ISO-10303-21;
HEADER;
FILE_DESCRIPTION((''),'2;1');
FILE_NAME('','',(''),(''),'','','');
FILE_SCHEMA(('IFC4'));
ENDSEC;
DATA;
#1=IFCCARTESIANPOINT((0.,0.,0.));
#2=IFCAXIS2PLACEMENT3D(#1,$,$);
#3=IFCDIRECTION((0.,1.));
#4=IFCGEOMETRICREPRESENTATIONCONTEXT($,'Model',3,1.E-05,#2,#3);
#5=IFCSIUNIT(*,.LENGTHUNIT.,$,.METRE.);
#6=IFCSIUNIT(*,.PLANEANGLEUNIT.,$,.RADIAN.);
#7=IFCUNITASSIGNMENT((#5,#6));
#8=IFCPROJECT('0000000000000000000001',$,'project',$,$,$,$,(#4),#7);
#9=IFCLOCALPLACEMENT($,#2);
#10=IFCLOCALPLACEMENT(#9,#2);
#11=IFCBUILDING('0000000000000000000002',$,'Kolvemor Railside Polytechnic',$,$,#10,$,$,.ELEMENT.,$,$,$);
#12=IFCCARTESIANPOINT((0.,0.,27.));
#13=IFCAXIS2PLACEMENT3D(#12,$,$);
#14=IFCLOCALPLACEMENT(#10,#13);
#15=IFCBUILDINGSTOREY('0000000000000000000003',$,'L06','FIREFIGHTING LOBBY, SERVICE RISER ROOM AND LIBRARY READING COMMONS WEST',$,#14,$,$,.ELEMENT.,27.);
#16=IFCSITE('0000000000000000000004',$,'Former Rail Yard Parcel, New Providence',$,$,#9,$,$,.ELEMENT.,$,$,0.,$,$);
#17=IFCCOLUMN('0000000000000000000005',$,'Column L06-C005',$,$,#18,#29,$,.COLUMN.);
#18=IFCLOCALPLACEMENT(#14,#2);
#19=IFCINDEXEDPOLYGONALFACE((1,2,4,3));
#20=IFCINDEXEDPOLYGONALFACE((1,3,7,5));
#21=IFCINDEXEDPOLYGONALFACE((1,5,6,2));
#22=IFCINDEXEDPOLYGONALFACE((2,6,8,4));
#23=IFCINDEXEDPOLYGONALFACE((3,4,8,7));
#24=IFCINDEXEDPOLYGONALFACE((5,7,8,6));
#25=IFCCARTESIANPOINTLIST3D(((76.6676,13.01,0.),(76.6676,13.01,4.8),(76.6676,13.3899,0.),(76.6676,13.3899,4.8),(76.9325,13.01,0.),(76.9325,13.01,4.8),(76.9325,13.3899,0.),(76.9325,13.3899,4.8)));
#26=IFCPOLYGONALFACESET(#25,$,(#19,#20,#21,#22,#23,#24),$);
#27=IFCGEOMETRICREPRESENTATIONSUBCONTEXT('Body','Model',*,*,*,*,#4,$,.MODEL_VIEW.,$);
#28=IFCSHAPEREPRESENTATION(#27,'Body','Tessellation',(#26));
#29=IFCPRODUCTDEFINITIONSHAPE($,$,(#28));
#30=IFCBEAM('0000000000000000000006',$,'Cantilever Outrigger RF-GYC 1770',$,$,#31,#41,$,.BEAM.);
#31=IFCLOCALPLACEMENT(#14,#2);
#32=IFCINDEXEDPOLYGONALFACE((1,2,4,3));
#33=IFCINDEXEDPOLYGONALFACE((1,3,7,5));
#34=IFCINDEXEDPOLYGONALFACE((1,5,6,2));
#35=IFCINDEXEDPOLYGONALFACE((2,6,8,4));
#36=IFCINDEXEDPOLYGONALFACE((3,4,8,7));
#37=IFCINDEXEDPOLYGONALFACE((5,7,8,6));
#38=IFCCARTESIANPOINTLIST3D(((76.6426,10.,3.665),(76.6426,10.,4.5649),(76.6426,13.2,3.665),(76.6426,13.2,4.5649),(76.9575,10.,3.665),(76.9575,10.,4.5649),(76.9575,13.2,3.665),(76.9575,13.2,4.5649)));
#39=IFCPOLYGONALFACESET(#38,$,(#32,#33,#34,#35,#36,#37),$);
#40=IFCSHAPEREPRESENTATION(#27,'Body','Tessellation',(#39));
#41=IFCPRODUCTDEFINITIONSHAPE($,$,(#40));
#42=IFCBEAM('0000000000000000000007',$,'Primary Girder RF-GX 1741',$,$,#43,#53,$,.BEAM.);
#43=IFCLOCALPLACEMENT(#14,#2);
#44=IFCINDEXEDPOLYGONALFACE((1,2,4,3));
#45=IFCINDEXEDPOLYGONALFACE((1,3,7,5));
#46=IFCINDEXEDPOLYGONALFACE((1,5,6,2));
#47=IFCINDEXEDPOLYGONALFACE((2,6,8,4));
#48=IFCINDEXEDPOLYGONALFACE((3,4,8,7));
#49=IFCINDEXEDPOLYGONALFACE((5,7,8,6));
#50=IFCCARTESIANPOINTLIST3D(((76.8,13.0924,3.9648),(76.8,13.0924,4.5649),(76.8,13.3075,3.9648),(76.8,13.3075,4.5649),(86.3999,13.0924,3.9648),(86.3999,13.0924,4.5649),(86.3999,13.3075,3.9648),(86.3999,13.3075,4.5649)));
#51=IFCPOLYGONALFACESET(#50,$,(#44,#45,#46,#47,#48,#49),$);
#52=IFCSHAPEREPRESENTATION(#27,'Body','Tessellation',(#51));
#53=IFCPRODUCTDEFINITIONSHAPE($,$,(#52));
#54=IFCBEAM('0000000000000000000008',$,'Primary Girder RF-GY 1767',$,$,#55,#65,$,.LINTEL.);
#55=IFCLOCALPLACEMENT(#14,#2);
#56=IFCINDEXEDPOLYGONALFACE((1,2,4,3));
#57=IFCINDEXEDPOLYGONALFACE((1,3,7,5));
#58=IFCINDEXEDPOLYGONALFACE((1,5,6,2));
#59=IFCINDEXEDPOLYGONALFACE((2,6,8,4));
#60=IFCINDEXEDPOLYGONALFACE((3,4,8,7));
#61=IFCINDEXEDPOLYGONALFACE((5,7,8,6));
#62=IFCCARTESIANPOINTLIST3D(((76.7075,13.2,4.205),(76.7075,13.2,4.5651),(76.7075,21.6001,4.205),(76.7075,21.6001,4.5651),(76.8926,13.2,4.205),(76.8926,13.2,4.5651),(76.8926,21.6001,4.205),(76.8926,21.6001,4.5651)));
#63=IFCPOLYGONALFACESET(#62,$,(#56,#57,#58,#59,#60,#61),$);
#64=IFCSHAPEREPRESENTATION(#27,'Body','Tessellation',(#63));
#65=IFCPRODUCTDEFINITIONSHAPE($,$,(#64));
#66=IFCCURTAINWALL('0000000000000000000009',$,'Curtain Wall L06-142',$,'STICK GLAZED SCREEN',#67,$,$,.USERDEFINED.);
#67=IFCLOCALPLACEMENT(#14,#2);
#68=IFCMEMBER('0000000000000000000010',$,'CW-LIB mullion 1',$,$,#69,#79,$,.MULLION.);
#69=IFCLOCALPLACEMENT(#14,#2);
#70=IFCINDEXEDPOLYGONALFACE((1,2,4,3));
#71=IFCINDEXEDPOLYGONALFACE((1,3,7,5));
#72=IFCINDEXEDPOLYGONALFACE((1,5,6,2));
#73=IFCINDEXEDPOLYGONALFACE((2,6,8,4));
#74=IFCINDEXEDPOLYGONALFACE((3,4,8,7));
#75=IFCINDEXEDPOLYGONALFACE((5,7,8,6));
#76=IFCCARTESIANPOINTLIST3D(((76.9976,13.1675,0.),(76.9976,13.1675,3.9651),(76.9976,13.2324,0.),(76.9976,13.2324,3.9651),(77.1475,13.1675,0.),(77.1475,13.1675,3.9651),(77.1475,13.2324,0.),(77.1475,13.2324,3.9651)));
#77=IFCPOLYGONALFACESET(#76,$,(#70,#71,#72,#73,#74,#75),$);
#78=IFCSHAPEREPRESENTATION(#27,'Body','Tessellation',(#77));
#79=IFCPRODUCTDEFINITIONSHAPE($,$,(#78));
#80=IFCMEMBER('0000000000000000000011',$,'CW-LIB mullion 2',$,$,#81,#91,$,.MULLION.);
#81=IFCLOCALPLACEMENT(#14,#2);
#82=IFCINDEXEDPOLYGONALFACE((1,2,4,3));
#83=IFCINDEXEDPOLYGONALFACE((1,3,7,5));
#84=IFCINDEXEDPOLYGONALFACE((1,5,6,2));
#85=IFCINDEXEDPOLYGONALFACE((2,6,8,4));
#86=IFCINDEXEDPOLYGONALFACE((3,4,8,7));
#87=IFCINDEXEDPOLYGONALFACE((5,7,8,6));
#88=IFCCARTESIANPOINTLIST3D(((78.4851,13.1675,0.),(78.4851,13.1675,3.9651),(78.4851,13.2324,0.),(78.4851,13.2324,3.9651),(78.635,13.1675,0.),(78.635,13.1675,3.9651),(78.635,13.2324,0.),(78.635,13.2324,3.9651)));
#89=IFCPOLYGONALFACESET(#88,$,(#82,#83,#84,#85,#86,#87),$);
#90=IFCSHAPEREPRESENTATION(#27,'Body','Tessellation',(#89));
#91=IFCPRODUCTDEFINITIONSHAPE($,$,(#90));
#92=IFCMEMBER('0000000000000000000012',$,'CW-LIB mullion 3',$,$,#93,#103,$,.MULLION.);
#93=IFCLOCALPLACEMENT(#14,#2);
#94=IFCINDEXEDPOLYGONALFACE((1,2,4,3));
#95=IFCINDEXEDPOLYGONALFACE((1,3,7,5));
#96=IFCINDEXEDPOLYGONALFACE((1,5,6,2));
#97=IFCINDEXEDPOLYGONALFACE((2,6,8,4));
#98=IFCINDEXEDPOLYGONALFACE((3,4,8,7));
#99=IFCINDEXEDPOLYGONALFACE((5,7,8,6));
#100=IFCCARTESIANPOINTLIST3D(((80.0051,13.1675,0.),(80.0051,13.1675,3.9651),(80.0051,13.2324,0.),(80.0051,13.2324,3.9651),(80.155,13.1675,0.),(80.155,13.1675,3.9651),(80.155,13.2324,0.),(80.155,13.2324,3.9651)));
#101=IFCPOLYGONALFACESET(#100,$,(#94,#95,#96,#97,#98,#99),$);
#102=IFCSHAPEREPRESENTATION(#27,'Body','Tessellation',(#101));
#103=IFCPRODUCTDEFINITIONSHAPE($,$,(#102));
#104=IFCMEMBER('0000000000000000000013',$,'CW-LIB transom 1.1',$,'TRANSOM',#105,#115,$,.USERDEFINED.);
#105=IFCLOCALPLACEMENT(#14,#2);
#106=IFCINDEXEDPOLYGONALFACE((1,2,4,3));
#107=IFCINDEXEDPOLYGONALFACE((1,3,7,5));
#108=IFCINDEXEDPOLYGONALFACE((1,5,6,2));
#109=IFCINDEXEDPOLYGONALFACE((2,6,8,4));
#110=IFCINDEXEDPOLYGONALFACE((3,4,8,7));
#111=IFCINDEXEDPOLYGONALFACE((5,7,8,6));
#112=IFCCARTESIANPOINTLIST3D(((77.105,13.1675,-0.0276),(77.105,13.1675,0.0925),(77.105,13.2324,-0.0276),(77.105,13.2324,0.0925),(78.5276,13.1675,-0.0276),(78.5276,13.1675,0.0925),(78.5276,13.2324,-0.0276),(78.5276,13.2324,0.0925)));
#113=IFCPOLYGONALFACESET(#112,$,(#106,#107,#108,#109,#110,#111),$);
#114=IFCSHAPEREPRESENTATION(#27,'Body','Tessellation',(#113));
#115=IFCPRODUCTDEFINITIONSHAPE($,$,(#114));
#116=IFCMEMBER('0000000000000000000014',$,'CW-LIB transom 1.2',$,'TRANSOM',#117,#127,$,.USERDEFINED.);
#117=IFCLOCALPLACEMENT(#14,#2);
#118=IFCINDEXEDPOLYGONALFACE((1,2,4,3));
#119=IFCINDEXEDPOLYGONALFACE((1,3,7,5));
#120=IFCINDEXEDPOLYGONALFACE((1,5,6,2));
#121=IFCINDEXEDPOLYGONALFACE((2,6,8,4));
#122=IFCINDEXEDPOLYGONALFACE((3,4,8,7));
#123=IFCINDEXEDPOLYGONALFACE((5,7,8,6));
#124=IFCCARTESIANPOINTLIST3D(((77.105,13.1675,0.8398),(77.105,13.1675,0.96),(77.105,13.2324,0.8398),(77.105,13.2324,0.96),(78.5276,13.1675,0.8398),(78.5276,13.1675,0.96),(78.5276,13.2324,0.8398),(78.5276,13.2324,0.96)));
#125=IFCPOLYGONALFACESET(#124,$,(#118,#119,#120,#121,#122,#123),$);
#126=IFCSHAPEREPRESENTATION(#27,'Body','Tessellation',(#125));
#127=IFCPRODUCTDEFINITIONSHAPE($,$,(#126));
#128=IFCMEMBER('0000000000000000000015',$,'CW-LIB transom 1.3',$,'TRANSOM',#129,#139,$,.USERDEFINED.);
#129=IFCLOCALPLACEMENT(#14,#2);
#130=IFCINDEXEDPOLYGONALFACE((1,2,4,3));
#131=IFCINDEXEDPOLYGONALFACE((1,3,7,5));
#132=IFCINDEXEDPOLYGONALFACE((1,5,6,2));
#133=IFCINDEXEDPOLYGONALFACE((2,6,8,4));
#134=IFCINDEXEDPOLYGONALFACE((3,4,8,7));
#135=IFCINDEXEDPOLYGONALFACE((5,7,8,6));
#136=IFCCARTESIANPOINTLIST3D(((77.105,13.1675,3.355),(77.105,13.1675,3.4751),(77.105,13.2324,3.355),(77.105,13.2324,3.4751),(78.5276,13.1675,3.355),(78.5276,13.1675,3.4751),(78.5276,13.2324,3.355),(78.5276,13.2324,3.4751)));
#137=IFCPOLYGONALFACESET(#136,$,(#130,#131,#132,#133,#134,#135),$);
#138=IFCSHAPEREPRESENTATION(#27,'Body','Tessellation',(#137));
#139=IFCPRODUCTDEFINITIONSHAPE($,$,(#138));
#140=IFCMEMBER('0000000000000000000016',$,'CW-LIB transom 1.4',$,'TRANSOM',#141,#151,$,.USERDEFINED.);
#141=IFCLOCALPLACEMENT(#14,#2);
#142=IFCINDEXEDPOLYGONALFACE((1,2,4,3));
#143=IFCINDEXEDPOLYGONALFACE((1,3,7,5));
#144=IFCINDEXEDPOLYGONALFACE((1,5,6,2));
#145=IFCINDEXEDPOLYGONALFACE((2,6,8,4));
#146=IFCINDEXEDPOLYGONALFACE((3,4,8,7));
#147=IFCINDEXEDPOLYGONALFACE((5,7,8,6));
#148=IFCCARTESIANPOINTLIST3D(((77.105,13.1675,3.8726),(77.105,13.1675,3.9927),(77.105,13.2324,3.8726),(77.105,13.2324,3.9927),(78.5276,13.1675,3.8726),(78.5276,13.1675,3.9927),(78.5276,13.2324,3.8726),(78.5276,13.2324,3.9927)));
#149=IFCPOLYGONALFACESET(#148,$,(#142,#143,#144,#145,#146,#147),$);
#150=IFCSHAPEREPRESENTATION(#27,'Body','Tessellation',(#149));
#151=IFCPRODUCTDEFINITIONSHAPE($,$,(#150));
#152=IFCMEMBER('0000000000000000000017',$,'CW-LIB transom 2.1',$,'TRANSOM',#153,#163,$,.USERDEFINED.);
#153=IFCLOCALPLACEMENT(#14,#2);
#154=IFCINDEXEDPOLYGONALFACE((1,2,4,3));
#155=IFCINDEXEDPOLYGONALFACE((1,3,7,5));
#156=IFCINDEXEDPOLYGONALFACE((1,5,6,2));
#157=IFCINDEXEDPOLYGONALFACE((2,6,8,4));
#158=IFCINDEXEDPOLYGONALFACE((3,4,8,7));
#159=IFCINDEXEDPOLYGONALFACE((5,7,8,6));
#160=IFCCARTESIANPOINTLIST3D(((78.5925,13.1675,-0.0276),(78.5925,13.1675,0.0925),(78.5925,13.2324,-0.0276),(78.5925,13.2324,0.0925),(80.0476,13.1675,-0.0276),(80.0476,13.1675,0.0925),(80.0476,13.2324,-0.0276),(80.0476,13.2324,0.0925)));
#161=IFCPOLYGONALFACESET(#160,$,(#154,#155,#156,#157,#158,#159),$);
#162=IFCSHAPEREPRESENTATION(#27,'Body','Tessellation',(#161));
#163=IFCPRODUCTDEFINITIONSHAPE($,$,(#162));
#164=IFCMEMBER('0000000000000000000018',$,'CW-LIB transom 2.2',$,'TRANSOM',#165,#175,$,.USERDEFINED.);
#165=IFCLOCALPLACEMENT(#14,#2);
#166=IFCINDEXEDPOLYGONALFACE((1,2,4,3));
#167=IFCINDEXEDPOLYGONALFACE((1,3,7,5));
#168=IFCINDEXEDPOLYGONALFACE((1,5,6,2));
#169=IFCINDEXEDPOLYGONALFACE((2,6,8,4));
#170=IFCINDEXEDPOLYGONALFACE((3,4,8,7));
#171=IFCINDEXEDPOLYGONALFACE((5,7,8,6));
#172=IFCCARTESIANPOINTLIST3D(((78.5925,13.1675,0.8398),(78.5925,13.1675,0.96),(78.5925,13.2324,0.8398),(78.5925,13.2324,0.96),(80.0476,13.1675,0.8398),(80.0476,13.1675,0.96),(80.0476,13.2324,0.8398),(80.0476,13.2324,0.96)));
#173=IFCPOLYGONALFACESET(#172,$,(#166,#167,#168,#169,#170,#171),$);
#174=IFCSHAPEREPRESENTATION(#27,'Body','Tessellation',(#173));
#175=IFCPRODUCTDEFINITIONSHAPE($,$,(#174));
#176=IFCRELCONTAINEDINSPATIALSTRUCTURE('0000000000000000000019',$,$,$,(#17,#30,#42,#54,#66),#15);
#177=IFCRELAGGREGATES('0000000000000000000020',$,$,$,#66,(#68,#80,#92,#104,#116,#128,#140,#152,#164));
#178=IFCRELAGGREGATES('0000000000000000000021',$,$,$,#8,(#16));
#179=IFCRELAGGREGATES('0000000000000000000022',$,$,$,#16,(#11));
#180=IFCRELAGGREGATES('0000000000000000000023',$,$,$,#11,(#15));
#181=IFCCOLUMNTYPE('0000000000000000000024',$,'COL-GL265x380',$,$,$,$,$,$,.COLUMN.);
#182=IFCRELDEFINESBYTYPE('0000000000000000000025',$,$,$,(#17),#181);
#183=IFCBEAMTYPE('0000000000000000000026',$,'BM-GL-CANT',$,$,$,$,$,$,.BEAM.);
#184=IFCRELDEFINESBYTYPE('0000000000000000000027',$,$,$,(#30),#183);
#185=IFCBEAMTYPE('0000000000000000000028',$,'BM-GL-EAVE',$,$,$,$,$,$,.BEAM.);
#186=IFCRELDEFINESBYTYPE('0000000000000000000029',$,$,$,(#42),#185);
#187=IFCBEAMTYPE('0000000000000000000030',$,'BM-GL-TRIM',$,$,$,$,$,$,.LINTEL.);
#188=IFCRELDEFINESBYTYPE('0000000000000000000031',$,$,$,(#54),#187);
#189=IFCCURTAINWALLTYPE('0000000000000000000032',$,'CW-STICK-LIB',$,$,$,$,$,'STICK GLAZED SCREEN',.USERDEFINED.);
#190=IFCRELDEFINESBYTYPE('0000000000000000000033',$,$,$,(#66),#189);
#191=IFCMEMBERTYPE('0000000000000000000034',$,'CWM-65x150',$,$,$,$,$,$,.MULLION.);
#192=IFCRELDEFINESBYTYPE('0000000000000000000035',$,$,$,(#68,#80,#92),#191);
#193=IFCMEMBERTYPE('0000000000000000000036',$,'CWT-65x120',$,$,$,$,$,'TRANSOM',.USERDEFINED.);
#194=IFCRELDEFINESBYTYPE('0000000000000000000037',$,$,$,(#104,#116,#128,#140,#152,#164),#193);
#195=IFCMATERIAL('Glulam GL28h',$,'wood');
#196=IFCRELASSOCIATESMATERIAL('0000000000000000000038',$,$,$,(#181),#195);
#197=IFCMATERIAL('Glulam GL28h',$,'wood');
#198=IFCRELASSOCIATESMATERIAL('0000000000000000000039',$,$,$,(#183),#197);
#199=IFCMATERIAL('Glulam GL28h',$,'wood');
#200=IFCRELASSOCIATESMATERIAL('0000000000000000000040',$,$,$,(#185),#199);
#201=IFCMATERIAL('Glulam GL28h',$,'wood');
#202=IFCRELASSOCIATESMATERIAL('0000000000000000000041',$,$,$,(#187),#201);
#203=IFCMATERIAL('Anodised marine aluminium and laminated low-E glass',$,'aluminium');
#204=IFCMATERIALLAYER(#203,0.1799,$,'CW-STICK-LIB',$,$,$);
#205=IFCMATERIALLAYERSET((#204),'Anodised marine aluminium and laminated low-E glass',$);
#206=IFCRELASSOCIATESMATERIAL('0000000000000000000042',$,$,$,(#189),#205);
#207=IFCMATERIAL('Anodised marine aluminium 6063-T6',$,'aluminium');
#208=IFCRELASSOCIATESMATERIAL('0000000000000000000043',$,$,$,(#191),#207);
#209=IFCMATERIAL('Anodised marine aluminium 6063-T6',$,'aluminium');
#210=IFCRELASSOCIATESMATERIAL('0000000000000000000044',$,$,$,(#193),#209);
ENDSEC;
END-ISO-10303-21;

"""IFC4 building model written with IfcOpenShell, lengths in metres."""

from ifc_helpers import new_model, si_unit, direction, frame, origin, origin_2d, place, context, subcontext, project, spatial, rectangle, extrude, material, layer, layer_set, material_profile, profile_set, type_object, element, aggregate, save


model = new_model("IFC4")

# Units and contexts
model_context = context("Model", 3, precision=1e-05, world=origin(), true_north=direction((0.0, 1.0)))
body_context = subcontext(model_context, "Body", "Model", "MODEL_VIEW")
ifc_project = project(units=[si_unit("LENGTHUNIT", "METRE"), si_unit("PLANEANGLEUNIT", "RADIAN")], contexts=[model_context])

# Site, building, storey
site_placement = place(None, origin())
site = spatial("IfcSite", under=ifc_project, at=site_placement, Name="Former Rail Yard Parcel, New Providence", CompositionType="ELEMENT", RefElevation=0.0)
building_placement = place(site_placement, origin())
building = spatial("IfcBuilding", under=site, at=building_placement, Name="Kolvemor Railside Polytechnic", CompositionType="ELEMENT")
storey_placement = place(building_placement, frame((0.0, 0.0, 27.0)))
storey = spatial("IfcBuildingStorey", under=building, at=storey_placement, Name="L06", Description="FIREFIGHTING LOBBY, SERVICE RISER ROOM AND LIBRARY READING COMMONS WEST", CompositionType="ELEMENT", Elevation=27.0)

# Column
ifc_material_1 = material(Name="Glulam GL28h", Category="wood")
ifc_material_profile_1 = material_profile(ifc_material_1, rectangle(XDim=0.2649, YDim=0.3799, at=origin_2d()), Name="GL265x380")
ifc_profile_set_1 = profile_set([ifc_material_profile_1], Name="Glulam GL28h")
column_type = type_object("IfcColumnType", Name="COL-GL265x380", PredefinedType="COLUMN", material=ifc_profile_set_1)
column_placement = place(storey_placement, frame((76.8, 13.2, 0.0), z_axis=(0.0, 0.0, 1.0), x_axis=(1.0, 0.0, 0.0)))
element("IfcColumn", 1, at=column_placement, inside=storey, type_object=column_type, Name="Column L06-C005", PredefinedType="COLUMN", context=body_context, shape_type="SweptSolid", body=[
    extrude(rectangle(XDim=0.2649, YDim=0.3799, at=origin_2d()), origin(), (0.0, 0.0, 1.0), 4.8),
])

# Beams
ifc_material_2 = material(Name="Glulam GL28h", Category="wood")
ifc_material_profile_2 = material_profile(ifc_material_2, rectangle(XDim=0.3149, YDim=0.8999, at=origin_2d()), Name="GL315x900")
ifc_profile_set_2 = profile_set([ifc_material_profile_2], Name="Glulam GL28h")
beam_type_1 = type_object("IfcBeamType", Name="BM-GL-CANT", PredefinedType="BEAM", material=ifc_profile_set_2)
beam_1_placement = place(storey_placement, frame((76.8, 10.0, 4.115), z_axis=(0.0, 1.0, 0.0), x_axis=(-1.0, 0.0, 0.0)))
element("IfcBeam", 2, at=beam_1_placement, inside=storey, type_object=beam_type_1, Name="Cantilever Outrigger RF-GYC 1770", PredefinedType="BEAM", context=body_context, shape_type="SweptSolid", body=[
    extrude(rectangle(XDim=0.3149, YDim=0.8999, at=origin_2d()), origin(), (0.0, 0.0, 1.0), 3.2),
])
ifc_material_3 = material(Name="Glulam GL28h", Category="wood")
ifc_material_profile_3 = material_profile(ifc_material_3, rectangle(XDim=0.2151, YDim=0.6001, at=origin_2d()), Name="GL215x600")
ifc_profile_set_3 = profile_set([ifc_material_profile_3], Name="Glulam GL28h")
beam_type_2 = type_object("IfcBeamType", Name="BM-GL-EAVE", PredefinedType="BEAM", material=ifc_profile_set_3)
beam_2_placement = place(storey_placement, frame((76.8, 13.2, 4.2649), z_axis=(1.0, 0.0, 0.0), x_axis=(0.0, 1.0, 0.0)))
element("IfcBeam", 3, at=beam_2_placement, inside=storey, type_object=beam_type_2, Name="Primary Girder RF-GX 1741", PredefinedType="BEAM", context=body_context, shape_type="SweptSolid", body=[
    extrude(rectangle(XDim=0.2151, YDim=0.6001, at=origin_2d()), origin(), (0.0, 0.0, 1.0), 9.5999),
])
ifc_material_4 = material(Name="Glulam GL28h", Category="wood")
ifc_material_profile_4 = material_profile(ifc_material_4, rectangle(XDim=0.1851, YDim=0.3601, at=origin_2d()), Name="GL185x360")
ifc_profile_set_4 = profile_set([ifc_material_profile_4], Name="Glulam GL28h")
beam_type_3 = type_object("IfcBeamType", Name="BM-GL-TRIM", PredefinedType="LINTEL", material=ifc_profile_set_4)
beam_3_placement = place(storey_placement, frame((76.8, 13.2, 4.385), z_axis=(0.0, 1.0, 0.0), x_axis=(-1.0, 0.0, 0.0)))
element("IfcBeam", 4, at=beam_3_placement, inside=storey, type_object=beam_type_3, Name="Primary Girder RF-GY 1767", PredefinedType="LINTEL", context=body_context, shape_type="SweptSolid", body=[
    extrude(rectangle(XDim=0.1851, YDim=0.3601, at=origin_2d()), origin(), (0.0, 0.0, 1.0), 8.4001),
])

# Curtain wall, members
ifc_material_5 = material(Name="Anodised marine aluminium and laminated low-E glass", Category="aluminium")
ifc_layer_1 = layer(ifc_material_5, 0.1799, Name="CW-STICK-LIB")
ifc_layer_set_1 = layer_set([ifc_layer_1], Name="Anodised marine aluminium and laminated low-E glass")
curtain_wall_type = type_object("IfcCurtainWallType", Name="CW-STICK-LIB", ElementType="STICK GLAZED SCREEN", PredefinedType="USERDEFINED", material=ifc_layer_set_1)
curtain_wall_placement = place(storey_placement, origin())
curtain_wall = element("IfcCurtainWall", 5, at=curtain_wall_placement, inside=storey, type_object=curtain_wall_type, Name="Curtain Wall L06-142", ObjectType="STICK GLAZED SCREEN", PredefinedType="USERDEFINED")
ifc_material_6 = material(Name="Anodised marine aluminium 6063-T6", Category="aluminium")
ifc_material_profile_5 = material_profile(ifc_material_6, rectangle(XDim=0.0649, YDim=0.1499, at=origin_2d()), Name="CW-MUL-65x150")
ifc_profile_set_5 = profile_set([ifc_material_profile_5], Name="Anodised marine aluminium 6063-T6")
member_type_1 = type_object("IfcMemberType", Name="CWM-65x150", PredefinedType="MULLION", material=ifc_profile_set_5)
member_1_placement = place(storey_placement, frame((77.0725, 13.2, 0.0), z_axis=(0.0, 0.0, 1.0), x_axis=(0.0, 1.0, 0.0)))
member_1 = element("IfcMember", 6, at=member_1_placement, type_object=member_type_1, Name="CW-LIB mullion 1", PredefinedType="MULLION", context=body_context, shape_type="SweptSolid", body=[
    extrude(rectangle(XDim=0.0649, YDim=0.1499, at=origin_2d()), origin(), (0.0, 0.0, 1.0), 3.9651),
])
member_2_placement = place(storey_placement, frame((78.5601, 13.2, 0.0), z_axis=(0.0, 0.0, 1.0), x_axis=(0.0, 1.0, 0.0)))
member_2 = element("IfcMember", 7, at=member_2_placement, type_object=member_type_1, Name="CW-LIB mullion 2", PredefinedType="MULLION", context=body_context, shape_type="SweptSolid", body=[
    extrude(rectangle(XDim=0.0649, YDim=0.1499, at=origin_2d()), origin(), (0.0, 0.0, 1.0), 3.9651),
])
member_3_placement = place(storey_placement, frame((80.0801, 13.2, 0.0), z_axis=(0.0, 0.0, 1.0), x_axis=(0.0, 1.0, 0.0)))
member_3 = element("IfcMember", 8, at=member_3_placement, type_object=member_type_1, Name="CW-LIB mullion 3", PredefinedType="MULLION", context=body_context, shape_type="SweptSolid", body=[
    extrude(rectangle(XDim=0.0649, YDim=0.1499, at=origin_2d()), origin(), (0.0, 0.0, 1.0), 3.9651),
])
ifc_material_7 = material(Name="Anodised marine aluminium 6063-T6", Category="aluminium")
ifc_material_profile_6 = material_profile(ifc_material_7, rectangle(XDim=0.0649, YDim=0.1201, at=origin_2d()), Name="CW-TRN-65x120")
ifc_profile_set_6 = profile_set([ifc_material_profile_6], Name="Anodised marine aluminium 6063-T6")
member_type_2 = type_object("IfcMemberType", Name="CWT-65x120", ElementType="TRANSOM", PredefinedType="USERDEFINED", material=ifc_profile_set_6)
member_4_placement = place(storey_placement, frame((77.105, 13.2, 0.0325), z_axis=(1.0, 0.0, 0.0), x_axis=(0.0, 1.0, 0.0)))
member_4 = element("IfcMember", 9, at=member_4_placement, type_object=member_type_2, Name="CW-LIB transom 1.1", ObjectType="TRANSOM", PredefinedType="USERDEFINED", context=body_context, shape_type="SweptSolid", body=[
    extrude(rectangle(XDim=0.0649, YDim=0.1201, at=origin_2d()), origin(), (0.0, 0.0, 1.0), 1.4226),
])
member_5_placement = place(storey_placement, frame((77.105, 13.2, 0.8999), z_axis=(1.0, 0.0, 0.0), x_axis=(0.0, 1.0, 0.0)))
member_5 = element("IfcMember", 10, at=member_5_placement, type_object=member_type_2, Name="CW-LIB transom 1.2", ObjectType="TRANSOM", PredefinedType="USERDEFINED", context=body_context, shape_type="SweptSolid", body=[
    extrude(rectangle(XDim=0.0649, YDim=0.1201, at=origin_2d()), origin(), (0.0, 0.0, 1.0), 1.4226),
])
member_6_placement = place(storey_placement, frame((77.105, 13.2, 3.415), z_axis=(1.0, 0.0, 0.0), x_axis=(0.0, 1.0, 0.0)))
member_6 = element("IfcMember", 11, at=member_6_placement, type_object=member_type_2, Name="CW-LIB transom 1.3", ObjectType="TRANSOM", PredefinedType="USERDEFINED", context=body_context, shape_type="SweptSolid", body=[
    extrude(rectangle(XDim=0.0649, YDim=0.1201, at=origin_2d()), origin(), (0.0, 0.0, 1.0), 1.4226),
])
member_7_placement = place(storey_placement, frame((77.105, 13.2, 3.9326), z_axis=(1.0, 0.0, 0.0), x_axis=(0.0, 1.0, 0.0)))
member_7 = element("IfcMember", 12, at=member_7_placement, type_object=member_type_2, Name="CW-LIB transom 1.4", ObjectType="TRANSOM", PredefinedType="USERDEFINED", context=body_context, shape_type="SweptSolid", body=[
    extrude(rectangle(XDim=0.0649, YDim=0.1201, at=origin_2d()), origin(), (0.0, 0.0, 1.0), 1.4226),
])
member_8_placement = place(storey_placement, frame((78.5925, 13.2, 0.0325), z_axis=(1.0, 0.0, 0.0), x_axis=(0.0, 1.0, 0.0)))
member_8 = element("IfcMember", 13, at=member_8_placement, type_object=member_type_2, Name="CW-LIB transom 2.1", ObjectType="TRANSOM", PredefinedType="USERDEFINED", context=body_context, shape_type="SweptSolid", body=[
    extrude(rectangle(XDim=0.0649, YDim=0.1201, at=origin_2d()), origin(), (0.0, 0.0, 1.0), 1.4551),
])
member_9_placement = place(storey_placement, frame((78.5925, 13.2, 0.8999), z_axis=(1.0, 0.0, 0.0), x_axis=(0.0, 1.0, 0.0)))
member_9 = element("IfcMember", 14, at=member_9_placement, type_object=member_type_2, Name="CW-LIB transom 2.2", ObjectType="TRANSOM", PredefinedType="USERDEFINED", context=body_context, shape_type="SweptSolid", body=[
    extrude(rectangle(XDim=0.0649, YDim=0.1201, at=origin_2d()), origin(), (0.0, 0.0, 1.0), 1.4551),
])

aggregate(curtain_wall, [member_1, member_2, member_3, member_4, member_5, member_6, member_7, member_8, member_9])

save(model, "model.ifc")
